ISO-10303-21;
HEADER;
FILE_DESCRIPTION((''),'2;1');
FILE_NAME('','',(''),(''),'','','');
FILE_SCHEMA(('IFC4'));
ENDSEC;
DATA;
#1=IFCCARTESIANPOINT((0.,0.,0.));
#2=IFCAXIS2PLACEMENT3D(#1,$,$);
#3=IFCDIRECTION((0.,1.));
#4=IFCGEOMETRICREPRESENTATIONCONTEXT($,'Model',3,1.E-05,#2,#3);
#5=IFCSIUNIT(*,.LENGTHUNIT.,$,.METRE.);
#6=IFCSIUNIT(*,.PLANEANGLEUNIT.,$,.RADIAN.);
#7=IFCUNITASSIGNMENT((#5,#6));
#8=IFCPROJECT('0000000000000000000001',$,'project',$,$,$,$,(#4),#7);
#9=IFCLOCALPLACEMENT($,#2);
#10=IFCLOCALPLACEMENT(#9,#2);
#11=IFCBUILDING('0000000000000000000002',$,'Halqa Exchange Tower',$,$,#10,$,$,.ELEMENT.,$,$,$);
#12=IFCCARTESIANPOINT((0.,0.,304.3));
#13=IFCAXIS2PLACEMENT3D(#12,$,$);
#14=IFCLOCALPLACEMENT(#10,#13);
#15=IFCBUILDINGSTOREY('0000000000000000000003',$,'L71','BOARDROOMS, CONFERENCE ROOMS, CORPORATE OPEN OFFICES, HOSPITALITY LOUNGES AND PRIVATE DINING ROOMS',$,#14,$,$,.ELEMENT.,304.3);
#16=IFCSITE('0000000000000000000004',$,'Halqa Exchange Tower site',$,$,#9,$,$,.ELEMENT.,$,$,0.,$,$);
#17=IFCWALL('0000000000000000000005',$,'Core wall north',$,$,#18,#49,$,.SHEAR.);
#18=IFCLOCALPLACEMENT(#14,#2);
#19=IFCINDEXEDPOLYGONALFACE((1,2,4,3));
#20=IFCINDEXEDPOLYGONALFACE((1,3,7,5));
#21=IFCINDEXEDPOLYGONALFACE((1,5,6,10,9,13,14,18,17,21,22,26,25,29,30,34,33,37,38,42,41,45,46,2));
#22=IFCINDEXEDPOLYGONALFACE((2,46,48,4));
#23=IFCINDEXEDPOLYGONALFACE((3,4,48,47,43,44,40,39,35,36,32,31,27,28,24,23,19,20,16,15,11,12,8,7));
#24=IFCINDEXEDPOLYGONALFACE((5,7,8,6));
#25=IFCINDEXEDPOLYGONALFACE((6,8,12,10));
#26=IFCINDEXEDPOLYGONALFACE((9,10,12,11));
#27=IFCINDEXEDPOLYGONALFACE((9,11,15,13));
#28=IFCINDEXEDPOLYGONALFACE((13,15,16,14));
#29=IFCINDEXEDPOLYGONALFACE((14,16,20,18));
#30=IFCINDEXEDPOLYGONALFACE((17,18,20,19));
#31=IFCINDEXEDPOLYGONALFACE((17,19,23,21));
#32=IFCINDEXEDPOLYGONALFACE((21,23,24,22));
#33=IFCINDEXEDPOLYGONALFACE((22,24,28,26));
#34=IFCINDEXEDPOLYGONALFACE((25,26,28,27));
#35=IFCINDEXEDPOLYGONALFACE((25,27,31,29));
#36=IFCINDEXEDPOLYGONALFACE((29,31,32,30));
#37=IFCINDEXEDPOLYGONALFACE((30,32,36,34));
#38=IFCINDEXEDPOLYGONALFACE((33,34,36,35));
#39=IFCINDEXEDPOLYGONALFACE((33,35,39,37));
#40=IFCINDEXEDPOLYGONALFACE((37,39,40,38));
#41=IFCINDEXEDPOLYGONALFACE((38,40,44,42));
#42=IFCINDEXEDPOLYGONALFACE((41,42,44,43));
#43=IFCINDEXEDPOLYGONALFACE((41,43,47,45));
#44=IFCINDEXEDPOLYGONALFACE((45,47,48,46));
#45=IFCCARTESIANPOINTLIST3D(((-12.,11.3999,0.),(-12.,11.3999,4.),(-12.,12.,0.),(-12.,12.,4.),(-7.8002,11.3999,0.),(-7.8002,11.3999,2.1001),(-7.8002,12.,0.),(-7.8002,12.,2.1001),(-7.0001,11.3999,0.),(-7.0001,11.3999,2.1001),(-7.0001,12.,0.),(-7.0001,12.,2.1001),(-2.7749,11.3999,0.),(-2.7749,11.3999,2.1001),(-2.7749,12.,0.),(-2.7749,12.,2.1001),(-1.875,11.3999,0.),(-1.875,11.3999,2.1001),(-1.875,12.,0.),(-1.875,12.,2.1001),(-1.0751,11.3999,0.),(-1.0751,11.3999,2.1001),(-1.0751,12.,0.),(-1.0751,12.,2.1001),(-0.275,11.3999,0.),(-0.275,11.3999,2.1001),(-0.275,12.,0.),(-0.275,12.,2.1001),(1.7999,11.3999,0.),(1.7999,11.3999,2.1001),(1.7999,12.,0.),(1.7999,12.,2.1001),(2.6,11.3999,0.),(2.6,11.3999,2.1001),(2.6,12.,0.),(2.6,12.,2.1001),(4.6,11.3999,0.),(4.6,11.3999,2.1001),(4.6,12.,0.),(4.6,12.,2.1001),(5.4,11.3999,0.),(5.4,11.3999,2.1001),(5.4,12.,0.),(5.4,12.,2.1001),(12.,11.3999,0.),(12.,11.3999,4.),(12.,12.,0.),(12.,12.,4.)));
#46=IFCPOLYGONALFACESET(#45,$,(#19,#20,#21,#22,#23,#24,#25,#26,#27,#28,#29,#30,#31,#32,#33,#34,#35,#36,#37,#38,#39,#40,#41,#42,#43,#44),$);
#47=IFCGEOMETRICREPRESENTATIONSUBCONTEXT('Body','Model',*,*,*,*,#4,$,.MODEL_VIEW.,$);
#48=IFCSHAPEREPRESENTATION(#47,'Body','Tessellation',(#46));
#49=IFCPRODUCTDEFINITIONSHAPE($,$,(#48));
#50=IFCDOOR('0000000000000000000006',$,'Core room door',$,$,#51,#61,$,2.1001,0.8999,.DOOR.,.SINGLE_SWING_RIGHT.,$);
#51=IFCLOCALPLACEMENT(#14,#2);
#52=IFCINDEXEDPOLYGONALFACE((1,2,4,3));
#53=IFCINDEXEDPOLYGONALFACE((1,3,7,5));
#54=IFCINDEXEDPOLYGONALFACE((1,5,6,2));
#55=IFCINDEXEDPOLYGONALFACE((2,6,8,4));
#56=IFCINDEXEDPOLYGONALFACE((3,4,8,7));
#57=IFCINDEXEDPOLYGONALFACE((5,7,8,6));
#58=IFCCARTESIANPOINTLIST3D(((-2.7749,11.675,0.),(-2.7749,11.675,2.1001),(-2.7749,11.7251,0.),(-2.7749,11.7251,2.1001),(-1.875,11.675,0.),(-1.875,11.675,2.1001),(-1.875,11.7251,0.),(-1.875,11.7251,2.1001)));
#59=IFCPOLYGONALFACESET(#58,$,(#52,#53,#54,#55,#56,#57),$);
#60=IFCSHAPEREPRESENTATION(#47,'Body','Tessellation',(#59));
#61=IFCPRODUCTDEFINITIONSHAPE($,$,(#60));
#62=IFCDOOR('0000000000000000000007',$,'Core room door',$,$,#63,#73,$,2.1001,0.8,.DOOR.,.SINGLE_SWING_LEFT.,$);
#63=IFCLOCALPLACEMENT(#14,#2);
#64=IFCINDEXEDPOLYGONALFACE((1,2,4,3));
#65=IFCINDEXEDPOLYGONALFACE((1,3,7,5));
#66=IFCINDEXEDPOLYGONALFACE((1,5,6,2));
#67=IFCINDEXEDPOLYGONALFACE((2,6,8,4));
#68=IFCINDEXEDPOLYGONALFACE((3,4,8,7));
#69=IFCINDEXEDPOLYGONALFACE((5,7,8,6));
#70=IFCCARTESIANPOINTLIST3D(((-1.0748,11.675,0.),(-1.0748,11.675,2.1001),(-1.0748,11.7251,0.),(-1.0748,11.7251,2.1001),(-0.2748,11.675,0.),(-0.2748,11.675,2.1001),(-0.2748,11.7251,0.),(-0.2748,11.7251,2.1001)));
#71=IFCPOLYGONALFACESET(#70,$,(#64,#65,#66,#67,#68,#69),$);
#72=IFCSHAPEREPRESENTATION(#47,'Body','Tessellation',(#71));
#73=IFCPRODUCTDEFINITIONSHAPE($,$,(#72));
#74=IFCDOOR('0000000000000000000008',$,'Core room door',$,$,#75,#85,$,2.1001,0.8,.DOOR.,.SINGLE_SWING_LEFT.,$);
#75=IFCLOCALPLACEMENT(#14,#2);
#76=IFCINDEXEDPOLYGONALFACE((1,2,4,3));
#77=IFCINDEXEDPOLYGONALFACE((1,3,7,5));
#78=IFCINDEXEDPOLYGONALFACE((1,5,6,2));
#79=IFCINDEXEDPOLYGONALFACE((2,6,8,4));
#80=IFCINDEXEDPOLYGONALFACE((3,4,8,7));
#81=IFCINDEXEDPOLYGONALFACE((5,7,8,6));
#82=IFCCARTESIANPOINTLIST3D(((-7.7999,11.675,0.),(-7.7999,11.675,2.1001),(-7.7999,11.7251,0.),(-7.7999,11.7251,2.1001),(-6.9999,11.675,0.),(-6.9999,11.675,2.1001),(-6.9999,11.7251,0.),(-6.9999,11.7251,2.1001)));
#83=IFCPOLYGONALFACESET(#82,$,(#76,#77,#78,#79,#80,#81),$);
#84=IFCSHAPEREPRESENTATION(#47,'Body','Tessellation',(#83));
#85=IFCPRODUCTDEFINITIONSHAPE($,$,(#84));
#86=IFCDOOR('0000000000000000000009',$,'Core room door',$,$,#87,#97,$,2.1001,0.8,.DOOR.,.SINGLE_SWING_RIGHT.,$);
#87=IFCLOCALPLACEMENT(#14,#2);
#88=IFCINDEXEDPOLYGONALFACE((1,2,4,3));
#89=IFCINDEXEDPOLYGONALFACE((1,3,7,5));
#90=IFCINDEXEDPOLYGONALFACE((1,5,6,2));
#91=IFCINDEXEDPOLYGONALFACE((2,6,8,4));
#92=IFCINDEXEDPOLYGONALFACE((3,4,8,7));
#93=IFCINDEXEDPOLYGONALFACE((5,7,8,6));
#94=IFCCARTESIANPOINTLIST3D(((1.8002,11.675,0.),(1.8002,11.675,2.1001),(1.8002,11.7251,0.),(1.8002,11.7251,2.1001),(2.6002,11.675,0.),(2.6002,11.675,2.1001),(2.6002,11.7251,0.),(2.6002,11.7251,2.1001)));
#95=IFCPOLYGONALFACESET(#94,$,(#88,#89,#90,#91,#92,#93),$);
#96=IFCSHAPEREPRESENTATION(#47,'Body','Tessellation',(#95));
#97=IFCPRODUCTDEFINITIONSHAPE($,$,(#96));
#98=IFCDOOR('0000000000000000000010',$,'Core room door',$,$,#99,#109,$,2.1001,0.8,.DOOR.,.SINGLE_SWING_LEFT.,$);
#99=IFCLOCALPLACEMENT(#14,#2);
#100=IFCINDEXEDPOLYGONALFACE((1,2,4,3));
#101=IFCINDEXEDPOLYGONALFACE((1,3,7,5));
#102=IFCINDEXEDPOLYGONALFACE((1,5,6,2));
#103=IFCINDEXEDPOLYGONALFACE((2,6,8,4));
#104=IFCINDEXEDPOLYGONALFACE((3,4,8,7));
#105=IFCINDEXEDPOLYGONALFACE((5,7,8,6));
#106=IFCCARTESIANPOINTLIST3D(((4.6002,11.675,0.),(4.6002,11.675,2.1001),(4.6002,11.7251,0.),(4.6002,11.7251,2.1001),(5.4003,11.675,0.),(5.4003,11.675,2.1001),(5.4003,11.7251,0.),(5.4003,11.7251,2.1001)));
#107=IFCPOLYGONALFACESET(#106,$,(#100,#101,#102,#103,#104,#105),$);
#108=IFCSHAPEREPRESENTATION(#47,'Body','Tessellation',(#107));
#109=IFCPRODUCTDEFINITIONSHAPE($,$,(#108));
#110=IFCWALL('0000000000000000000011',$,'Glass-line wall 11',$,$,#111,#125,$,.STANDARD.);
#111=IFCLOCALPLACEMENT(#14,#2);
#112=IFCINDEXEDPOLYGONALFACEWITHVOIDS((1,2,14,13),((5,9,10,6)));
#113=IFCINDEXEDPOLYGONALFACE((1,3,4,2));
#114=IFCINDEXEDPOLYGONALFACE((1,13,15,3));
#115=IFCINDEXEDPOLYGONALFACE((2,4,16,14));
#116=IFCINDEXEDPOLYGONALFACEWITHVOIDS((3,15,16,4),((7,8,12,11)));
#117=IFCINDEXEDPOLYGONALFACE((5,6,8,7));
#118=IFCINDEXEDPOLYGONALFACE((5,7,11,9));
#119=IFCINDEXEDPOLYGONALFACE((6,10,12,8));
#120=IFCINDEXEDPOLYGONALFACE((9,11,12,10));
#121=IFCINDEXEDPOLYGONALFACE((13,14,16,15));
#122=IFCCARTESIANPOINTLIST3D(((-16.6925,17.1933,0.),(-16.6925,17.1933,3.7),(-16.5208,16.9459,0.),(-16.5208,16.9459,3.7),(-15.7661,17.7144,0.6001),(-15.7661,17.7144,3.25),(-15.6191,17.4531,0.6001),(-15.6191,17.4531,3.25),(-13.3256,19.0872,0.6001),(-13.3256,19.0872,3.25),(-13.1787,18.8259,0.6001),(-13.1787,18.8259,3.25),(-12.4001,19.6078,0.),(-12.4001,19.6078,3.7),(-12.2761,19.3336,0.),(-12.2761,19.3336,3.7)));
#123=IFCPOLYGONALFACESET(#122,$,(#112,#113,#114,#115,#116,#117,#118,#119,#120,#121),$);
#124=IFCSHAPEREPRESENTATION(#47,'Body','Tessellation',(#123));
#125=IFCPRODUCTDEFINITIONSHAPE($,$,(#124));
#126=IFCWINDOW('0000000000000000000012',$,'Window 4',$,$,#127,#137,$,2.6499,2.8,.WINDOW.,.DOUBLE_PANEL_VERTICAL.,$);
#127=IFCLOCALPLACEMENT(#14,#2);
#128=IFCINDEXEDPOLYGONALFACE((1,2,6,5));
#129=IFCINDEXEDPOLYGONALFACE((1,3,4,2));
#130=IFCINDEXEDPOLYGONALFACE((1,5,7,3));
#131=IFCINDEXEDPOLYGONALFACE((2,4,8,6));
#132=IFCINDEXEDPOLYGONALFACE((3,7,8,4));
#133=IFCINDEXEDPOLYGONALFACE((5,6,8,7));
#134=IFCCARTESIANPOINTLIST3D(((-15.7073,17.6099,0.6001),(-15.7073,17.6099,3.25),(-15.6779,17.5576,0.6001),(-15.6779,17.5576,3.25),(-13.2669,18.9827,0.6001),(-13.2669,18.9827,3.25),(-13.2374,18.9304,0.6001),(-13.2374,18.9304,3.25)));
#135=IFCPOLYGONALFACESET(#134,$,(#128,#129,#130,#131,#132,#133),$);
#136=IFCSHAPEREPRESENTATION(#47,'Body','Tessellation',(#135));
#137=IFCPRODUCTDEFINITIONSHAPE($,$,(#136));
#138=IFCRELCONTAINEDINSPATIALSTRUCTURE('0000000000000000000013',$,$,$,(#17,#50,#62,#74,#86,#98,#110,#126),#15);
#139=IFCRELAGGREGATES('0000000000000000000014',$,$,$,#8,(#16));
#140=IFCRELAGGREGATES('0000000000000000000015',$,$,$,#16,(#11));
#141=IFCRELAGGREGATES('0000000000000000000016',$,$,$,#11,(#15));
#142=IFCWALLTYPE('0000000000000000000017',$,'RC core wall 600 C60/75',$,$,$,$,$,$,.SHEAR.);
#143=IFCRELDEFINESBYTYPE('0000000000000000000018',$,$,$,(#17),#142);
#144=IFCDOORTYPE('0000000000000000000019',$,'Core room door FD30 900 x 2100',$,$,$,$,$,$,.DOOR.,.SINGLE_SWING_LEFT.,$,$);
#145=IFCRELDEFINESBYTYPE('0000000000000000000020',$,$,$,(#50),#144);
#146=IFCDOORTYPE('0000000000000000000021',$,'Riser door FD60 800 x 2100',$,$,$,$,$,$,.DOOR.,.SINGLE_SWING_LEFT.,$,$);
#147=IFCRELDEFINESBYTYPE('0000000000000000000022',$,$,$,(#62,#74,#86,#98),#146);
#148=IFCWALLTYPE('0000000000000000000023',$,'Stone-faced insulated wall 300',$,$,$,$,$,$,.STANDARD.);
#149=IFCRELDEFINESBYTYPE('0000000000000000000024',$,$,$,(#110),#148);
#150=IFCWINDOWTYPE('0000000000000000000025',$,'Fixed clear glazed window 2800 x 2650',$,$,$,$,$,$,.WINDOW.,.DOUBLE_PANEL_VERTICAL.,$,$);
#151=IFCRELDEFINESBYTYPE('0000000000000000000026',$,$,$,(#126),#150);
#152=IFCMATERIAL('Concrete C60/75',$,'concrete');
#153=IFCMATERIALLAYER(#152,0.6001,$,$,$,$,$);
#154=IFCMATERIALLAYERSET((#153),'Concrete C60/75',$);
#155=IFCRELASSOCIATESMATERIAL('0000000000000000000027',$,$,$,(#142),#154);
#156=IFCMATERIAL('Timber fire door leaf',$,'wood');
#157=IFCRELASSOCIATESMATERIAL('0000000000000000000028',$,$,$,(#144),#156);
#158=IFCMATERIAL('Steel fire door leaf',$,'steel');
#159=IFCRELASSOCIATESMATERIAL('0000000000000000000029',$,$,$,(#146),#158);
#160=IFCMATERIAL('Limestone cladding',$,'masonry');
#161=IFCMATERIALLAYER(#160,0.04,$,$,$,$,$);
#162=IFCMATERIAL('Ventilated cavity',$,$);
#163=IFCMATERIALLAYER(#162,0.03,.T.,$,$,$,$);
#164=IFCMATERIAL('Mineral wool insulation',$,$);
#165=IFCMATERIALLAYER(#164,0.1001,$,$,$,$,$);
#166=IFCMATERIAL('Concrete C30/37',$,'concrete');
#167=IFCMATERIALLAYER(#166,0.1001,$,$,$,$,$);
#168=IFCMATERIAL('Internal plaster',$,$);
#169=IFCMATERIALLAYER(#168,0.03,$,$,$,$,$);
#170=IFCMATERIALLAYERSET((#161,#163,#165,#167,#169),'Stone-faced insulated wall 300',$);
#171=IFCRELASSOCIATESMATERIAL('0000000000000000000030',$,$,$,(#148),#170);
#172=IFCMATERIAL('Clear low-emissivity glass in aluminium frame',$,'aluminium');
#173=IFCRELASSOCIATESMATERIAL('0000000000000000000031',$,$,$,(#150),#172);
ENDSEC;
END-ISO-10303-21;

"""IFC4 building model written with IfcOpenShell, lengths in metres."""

from ifc_helpers import new_model, si_unit, direction, frame, frame_2d, origin, place, context, subcontext, project, spatial, polyline, rectangle, outline, extrude, material, layer, layer_set, type_object, element, fill, save


model = new_model("IFC4")

# Units and contexts
model_context = context("Model", 3, precision=1e-05, world=origin(), true_north=direction((0.0, 1.0)))
body_context = subcontext(model_context, "Body", "Model", "MODEL_VIEW")
ifc_project = project(units=[si_unit("LENGTHUNIT", "METRE"), si_unit("PLANEANGLEUNIT", "RADIAN")], contexts=[model_context])

# Site, building, storey
site_placement = place(None, origin())
site = spatial("IfcSite", under=ifc_project, at=site_placement, Name="Halqa Exchange Tower site", CompositionType="ELEMENT", RefElevation=0.0)
building_placement = place(site_placement, origin())
building = spatial("IfcBuilding", under=site, at=building_placement, Name="Halqa Exchange Tower", CompositionType="ELEMENT")
storey_placement = place(building_placement, frame((0.0, 0.0, 304.3)))
storey = spatial("IfcBuildingStorey", under=building, at=storey_placement, Name="L71", Description="BOARDROOMS, CONFERENCE ROOMS, CORPORATE OPEN OFFICES, HOSPITALITY LOUNGES AND PRIVATE DINING ROOMS", CompositionType="ELEMENT", Elevation=304.3)

# Shared definitions
ifc_material_1 = material(Name="Concrete C60/75", Category="concrete")

# Wall, openings, doors
ifc_material_2 = material(Name="Steel fire door leaf", Category="steel")
ifc_layer_1 = layer(ifc_material_1, 0.6001)
ifc_layer_set_1 = layer_set([ifc_layer_1], Name="Concrete C60/75")
wall_type_1 = type_object("IfcWallType", Name="RC core wall 600 C60/75", PredefinedType="SHEAR", material=ifc_layer_set_1)
wall_1_placement = place(storey_placement, frame((-12.0, 11.7, 0.0), z_axis=(0.0, 0.0, 1.0), x_axis=(1.0, 0.0, 0.0)))
wall_1 = element("IfcWall", 1, at=wall_1_placement, inside=storey, type_object=wall_type_1, Name="Core wall north", PredefinedType="SHEAR", context=body_context, shape_type="SweptSolid", body=[
    extrude(rectangle(XDim=24.0, YDim=0.6001, at=frame_2d((12.0, 0.0))), origin(), (0.0, 0.0, 1.0), 4.0),
])
opening_1_placement = place(wall_1_placement, frame((9.2251, 0.0, 0.0)))
opening_1 = element("IfcOpeningElement", 2, at=opening_1_placement, cuts=wall_1, PredefinedType="OPENING", context=body_context, shape_type="SweptSolid", body=[
    extrude(rectangle(XDim=0.8999, YDim=2.1001, at=frame_2d((0.45, 1.05))), frame((0.0, 0.312, 0.0), z_axis=(0.0, -1.0, 0.0), x_axis=(1.0, 0.0, 0.0)), (0.0, 0.0, 1.0), 0.624),
])
opening_2_placement = place(wall_1_placement, frame((10.925, 0.0, 0.0)))
opening_2 = element("IfcOpeningElement", 3, at=opening_2_placement, cuts=wall_1, PredefinedType="OPENING", context=body_context, shape_type="SweptSolid", body=[
    extrude(rectangle(XDim=0.8, YDim=2.1001, at=frame_2d((0.3999, 1.05))), frame((0.0, 0.312, 0.0), z_axis=(0.0, -1.0, 0.0), x_axis=(1.0, 0.0, 0.0)), (0.0, 0.0, 1.0), 0.624),
])
opening_3_placement = place(wall_1_placement, frame((4.2, 0.0, 0.0)))
opening_3 = element("IfcOpeningElement", 4, at=opening_3_placement, cuts=wall_1, PredefinedType="OPENING", context=body_context, shape_type="SweptSolid", body=[
    extrude(rectangle(XDim=0.8, YDim=2.1001, at=frame_2d((0.3999, 1.05))), frame((0.0, 0.312, 0.0), z_axis=(0.0, -1.0, 0.0), x_axis=(1.0, 0.0, 0.0)), (0.0, 0.0, 1.0), 0.624),
])
opening_4_placement = place(wall_1_placement, frame((13.8, 0.0, 0.0)))
opening_4 = element("IfcOpeningElement", 5, at=opening_4_placement, cuts=wall_1, PredefinedType="OPENING", context=body_context, shape_type="SweptSolid", body=[
    extrude(rectangle(XDim=0.8, YDim=2.1001, at=frame_2d((0.3999, 1.05))), frame((0.0, 0.312, 0.0), z_axis=(0.0, -1.0, 0.0), x_axis=(1.0, 0.0, 0.0)), (0.0, 0.0, 1.0), 0.624),
])
opening_5_placement = place(wall_1_placement, frame((16.6001, 0.0, 0.0)))
opening_5 = element("IfcOpeningElement", 6, at=opening_5_placement, cuts=wall_1, PredefinedType="OPENING", context=body_context, shape_type="SweptSolid", body=[
    extrude(rectangle(XDim=0.8, YDim=2.1001, at=frame_2d((0.3999, 1.05))), frame((0.0, 0.312, 0.0), z_axis=(0.0, -1.0, 0.0), x_axis=(1.0, 0.0, 0.0)), (0.0, 0.0, 1.0), 0.624),
])
ifc_material_3 = material(Name="Timber fire door leaf", Category="wood")
door_type_1 = type_object("IfcDoorType", Name="Core room door FD30 900 x 2100", OperationType="SINGLE_SWING_LEFT", PredefinedType="DOOR", material=ifc_material_3)
door_1_placement = place(opening_1_placement, frame((0.8999, 0.0, 0.0), z_axis=(0.0, 0.0, 1.0), x_axis=(-1.0, 0.0, 0.0)))
door_1 = element("IfcDoor", 7, at=door_1_placement, inside=storey, type_object=door_type_1, Name="Core room door", OperationType="SINGLE_SWING_RIGHT", OverallHeight=2.1001, OverallWidth=0.8999, PredefinedType="DOOR", context=body_context, shape_type="SweptSolid", body=[
    extrude(rectangle(XDim=0.8999, YDim=2.1001, at=frame_2d((0.45, 1.05))), frame((0.0, 0.0249, 0.0), z_axis=(0.0, -1.0, 0.0), x_axis=(1.0, 0.0, 0.0)), (0.0, 0.0, 1.0), 0.05),
])
fill(opening_1, door_1)
door_type_2 = type_object("IfcDoorType", Name="Riser door FD60 800 x 2100", OperationType="SINGLE_SWING_LEFT", PredefinedType="DOOR", material=ifc_material_2)
door_2_placement = place(opening_2_placement, frame((0.8, 0.0, 0.0), z_axis=(0.0, 0.0, 1.0), x_axis=(-1.0, 0.0, 0.0)))
door_2 = element("IfcDoor", 8, at=door_2_placement, inside=storey, type_object=door_type_2, Name="Core room door", OperationType="SINGLE_SWING_LEFT", OverallHeight=2.1001, OverallWidth=0.8, PredefinedType="DOOR", context=body_context, shape_type="SweptSolid", body=[
    extrude(rectangle(XDim=0.8, YDim=2.1001, at=frame_2d((0.3999, 1.05))), frame((0.0, 0.0249, 0.0), z_axis=(0.0, -1.0, 0.0), x_axis=(1.0, 0.0, 0.0)), (0.0, 0.0, 1.0), 0.05),
])
fill(opening_2, door_2)
door_3_placement = place(opening_3_placement, frame((0.8, 0.0, 0.0), z_axis=(0.0, 0.0, 1.0), x_axis=(-1.0, 0.0, 0.0)))
door_3 = element("IfcDoor", 9, at=door_3_placement, inside=storey, type_object=door_type_2, Name="Core room door", OperationType="SINGLE_SWING_LEFT", OverallHeight=2.1001, OverallWidth=0.8, PredefinedType="DOOR", context=body_context, shape_type="SweptSolid", body=[
    extrude(rectangle(XDim=0.8, YDim=2.1001, at=frame_2d((0.3999, 1.05))), frame((0.0, 0.0249, 0.0), z_axis=(0.0, -1.0, 0.0), x_axis=(1.0, 0.0, 0.0)), (0.0, 0.0, 1.0), 0.05),
])
fill(opening_3, door_3)
door_4_placement = place(opening_4_placement, frame((0.8, 0.0, 0.0), z_axis=(0.0, 0.0, 1.0), x_axis=(-1.0, 0.0, 0.0)))
door_4 = element("IfcDoor", 10, at=door_4_placement, inside=storey, type_object=door_type_2, Name="Core room door", OperationType="SINGLE_SWING_RIGHT", OverallHeight=2.1001, OverallWidth=0.8, PredefinedType="DOOR", context=body_context, shape_type="SweptSolid", body=[
    extrude(rectangle(XDim=0.8, YDim=2.1001, at=frame_2d((0.3999, 1.05))), frame((0.0, 0.0249, 0.0), z_axis=(0.0, -1.0, 0.0), x_axis=(1.0, 0.0, 0.0)), (0.0, 0.0, 1.0), 0.05),
])
fill(opening_4, door_4)
door_5_placement = place(opening_5_placement, frame((0.8, 0.0, 0.0), z_axis=(0.0, 0.0, 1.0), x_axis=(-1.0, 0.0, 0.0)))
door_5 = element("IfcDoor", 11, at=door_5_placement, inside=storey, type_object=door_type_2, Name="Core room door", OperationType="SINGLE_SWING_LEFT", OverallHeight=2.1001, OverallWidth=0.8, PredefinedType="DOOR", context=body_context, shape_type="SweptSolid", body=[
    extrude(rectangle(XDim=0.8, YDim=2.1001, at=frame_2d((0.3999, 1.05))), frame((0.0, 0.0249, 0.0), z_axis=(0.0, -1.0, 0.0), x_axis=(1.0, 0.0, 0.0)), (0.0, 0.0, 1.0), 0.05),
])
fill(opening_5, door_5)

# Wall, opening, window
ifc_material_4 = material(Name="Limestone cladding", Category="masonry")
ifc_layer_2 = layer(ifc_material_4, 0.04)
ifc_material_5 = material(Name="Ventilated cavity")
ifc_layer_3 = layer(ifc_material_5, 0.03, ventilated=True)
ifc_material_6 = material(Name="Mineral wool insulation")
ifc_layer_4 = layer(ifc_material_6, 0.1001)
ifc_material_7 = material(Name="Concrete C30/37", Category="concrete")
ifc_layer_5 = layer(ifc_material_7, 0.1001)
ifc_material_8 = material(Name="Internal plaster")
ifc_layer_6 = layer(ifc_material_8, 0.03)
ifc_layer_set_2 = layer_set([ifc_layer_2, ifc_layer_3, ifc_layer_4, ifc_layer_5, ifc_layer_6], Name="Stone-faced insulated wall 300")
wall_type_2 = type_object("IfcWallType", Name="Stone-faced insulated wall 300", PredefinedType="STANDARD", material=ifc_layer_set_2)
wall_2_placement = place(storey_placement, frame((-12.3381, 19.4707, 0.0), z_axis=(0.0, 0.0, 1.0), x_axis=(-0.87157, -0.490271, 0.0)))
wall_2 = element("IfcWall", 12, at=wall_2_placement, inside=storey, type_object=wall_type_2, Name="Glass-line wall 11", PredefinedType="STANDARD", context=body_context, shape_type="SweptSolid", body=[
    extrude(outline(polyline([(-0.0132, -0.1499), (4.9116, -0.1499), (4.8833, 0.1499), (0.0132, 0.1499), (-0.0132, -0.1499)])), origin(), (0.0, 0.0, 1.0), 3.7),
])
opening_6_placement = place(wall_2_placement, frame((1.0488, 0.0, 0.6001)))
opening_6 = element("IfcOpeningElement", 13, at=opening_6_placement, cuts=wall_2, PredefinedType="OPENING", context=body_context, shape_type="SweptSolid", body=[
    extrude(rectangle(XDim=2.8, YDim=2.6499, at=frame_2d((1.3999, 1.325))), frame((0.0, 0.1621, 0.0), z_axis=(0.0, -1.0, 0.0), x_axis=(1.0, 0.0, 0.0)), (0.0, 0.0, 1.0), 0.324),
])
ifc_material_9 = material(Name="Clear low-emissivity glass in aluminium frame", Category="aluminium")
window_type = type_object("IfcWindowType", Name="Fixed clear glazed window 2800 x 2650", PartitioningType="DOUBLE_PANEL_VERTICAL", PredefinedType="WINDOW", material=ifc_material_9)
window_1_placement = place(opening_6_placement, origin())
window_1 = element("IfcWindow", 14, at=window_1_placement, inside=storey, type_object=window_type, Name="Window 4", OverallHeight=2.6499, OverallWidth=2.8, PartitioningType="DOUBLE_PANEL_VERTICAL", PredefinedType="WINDOW", context=body_context, shape_type="SweptSolid", body=[
    extrude(rectangle(XDim=2.8, YDim=2.6499, at=frame_2d((1.3999, 1.325))), frame((0.0, 0.03, 0.0), z_axis=(0.0, -1.0, 0.0), x_axis=(1.0, 0.0, 0.0)), (0.0, 0.0, 1.0), 0.0601),
])
fill(opening_6, window_1)

save(model, "model.ifc")
